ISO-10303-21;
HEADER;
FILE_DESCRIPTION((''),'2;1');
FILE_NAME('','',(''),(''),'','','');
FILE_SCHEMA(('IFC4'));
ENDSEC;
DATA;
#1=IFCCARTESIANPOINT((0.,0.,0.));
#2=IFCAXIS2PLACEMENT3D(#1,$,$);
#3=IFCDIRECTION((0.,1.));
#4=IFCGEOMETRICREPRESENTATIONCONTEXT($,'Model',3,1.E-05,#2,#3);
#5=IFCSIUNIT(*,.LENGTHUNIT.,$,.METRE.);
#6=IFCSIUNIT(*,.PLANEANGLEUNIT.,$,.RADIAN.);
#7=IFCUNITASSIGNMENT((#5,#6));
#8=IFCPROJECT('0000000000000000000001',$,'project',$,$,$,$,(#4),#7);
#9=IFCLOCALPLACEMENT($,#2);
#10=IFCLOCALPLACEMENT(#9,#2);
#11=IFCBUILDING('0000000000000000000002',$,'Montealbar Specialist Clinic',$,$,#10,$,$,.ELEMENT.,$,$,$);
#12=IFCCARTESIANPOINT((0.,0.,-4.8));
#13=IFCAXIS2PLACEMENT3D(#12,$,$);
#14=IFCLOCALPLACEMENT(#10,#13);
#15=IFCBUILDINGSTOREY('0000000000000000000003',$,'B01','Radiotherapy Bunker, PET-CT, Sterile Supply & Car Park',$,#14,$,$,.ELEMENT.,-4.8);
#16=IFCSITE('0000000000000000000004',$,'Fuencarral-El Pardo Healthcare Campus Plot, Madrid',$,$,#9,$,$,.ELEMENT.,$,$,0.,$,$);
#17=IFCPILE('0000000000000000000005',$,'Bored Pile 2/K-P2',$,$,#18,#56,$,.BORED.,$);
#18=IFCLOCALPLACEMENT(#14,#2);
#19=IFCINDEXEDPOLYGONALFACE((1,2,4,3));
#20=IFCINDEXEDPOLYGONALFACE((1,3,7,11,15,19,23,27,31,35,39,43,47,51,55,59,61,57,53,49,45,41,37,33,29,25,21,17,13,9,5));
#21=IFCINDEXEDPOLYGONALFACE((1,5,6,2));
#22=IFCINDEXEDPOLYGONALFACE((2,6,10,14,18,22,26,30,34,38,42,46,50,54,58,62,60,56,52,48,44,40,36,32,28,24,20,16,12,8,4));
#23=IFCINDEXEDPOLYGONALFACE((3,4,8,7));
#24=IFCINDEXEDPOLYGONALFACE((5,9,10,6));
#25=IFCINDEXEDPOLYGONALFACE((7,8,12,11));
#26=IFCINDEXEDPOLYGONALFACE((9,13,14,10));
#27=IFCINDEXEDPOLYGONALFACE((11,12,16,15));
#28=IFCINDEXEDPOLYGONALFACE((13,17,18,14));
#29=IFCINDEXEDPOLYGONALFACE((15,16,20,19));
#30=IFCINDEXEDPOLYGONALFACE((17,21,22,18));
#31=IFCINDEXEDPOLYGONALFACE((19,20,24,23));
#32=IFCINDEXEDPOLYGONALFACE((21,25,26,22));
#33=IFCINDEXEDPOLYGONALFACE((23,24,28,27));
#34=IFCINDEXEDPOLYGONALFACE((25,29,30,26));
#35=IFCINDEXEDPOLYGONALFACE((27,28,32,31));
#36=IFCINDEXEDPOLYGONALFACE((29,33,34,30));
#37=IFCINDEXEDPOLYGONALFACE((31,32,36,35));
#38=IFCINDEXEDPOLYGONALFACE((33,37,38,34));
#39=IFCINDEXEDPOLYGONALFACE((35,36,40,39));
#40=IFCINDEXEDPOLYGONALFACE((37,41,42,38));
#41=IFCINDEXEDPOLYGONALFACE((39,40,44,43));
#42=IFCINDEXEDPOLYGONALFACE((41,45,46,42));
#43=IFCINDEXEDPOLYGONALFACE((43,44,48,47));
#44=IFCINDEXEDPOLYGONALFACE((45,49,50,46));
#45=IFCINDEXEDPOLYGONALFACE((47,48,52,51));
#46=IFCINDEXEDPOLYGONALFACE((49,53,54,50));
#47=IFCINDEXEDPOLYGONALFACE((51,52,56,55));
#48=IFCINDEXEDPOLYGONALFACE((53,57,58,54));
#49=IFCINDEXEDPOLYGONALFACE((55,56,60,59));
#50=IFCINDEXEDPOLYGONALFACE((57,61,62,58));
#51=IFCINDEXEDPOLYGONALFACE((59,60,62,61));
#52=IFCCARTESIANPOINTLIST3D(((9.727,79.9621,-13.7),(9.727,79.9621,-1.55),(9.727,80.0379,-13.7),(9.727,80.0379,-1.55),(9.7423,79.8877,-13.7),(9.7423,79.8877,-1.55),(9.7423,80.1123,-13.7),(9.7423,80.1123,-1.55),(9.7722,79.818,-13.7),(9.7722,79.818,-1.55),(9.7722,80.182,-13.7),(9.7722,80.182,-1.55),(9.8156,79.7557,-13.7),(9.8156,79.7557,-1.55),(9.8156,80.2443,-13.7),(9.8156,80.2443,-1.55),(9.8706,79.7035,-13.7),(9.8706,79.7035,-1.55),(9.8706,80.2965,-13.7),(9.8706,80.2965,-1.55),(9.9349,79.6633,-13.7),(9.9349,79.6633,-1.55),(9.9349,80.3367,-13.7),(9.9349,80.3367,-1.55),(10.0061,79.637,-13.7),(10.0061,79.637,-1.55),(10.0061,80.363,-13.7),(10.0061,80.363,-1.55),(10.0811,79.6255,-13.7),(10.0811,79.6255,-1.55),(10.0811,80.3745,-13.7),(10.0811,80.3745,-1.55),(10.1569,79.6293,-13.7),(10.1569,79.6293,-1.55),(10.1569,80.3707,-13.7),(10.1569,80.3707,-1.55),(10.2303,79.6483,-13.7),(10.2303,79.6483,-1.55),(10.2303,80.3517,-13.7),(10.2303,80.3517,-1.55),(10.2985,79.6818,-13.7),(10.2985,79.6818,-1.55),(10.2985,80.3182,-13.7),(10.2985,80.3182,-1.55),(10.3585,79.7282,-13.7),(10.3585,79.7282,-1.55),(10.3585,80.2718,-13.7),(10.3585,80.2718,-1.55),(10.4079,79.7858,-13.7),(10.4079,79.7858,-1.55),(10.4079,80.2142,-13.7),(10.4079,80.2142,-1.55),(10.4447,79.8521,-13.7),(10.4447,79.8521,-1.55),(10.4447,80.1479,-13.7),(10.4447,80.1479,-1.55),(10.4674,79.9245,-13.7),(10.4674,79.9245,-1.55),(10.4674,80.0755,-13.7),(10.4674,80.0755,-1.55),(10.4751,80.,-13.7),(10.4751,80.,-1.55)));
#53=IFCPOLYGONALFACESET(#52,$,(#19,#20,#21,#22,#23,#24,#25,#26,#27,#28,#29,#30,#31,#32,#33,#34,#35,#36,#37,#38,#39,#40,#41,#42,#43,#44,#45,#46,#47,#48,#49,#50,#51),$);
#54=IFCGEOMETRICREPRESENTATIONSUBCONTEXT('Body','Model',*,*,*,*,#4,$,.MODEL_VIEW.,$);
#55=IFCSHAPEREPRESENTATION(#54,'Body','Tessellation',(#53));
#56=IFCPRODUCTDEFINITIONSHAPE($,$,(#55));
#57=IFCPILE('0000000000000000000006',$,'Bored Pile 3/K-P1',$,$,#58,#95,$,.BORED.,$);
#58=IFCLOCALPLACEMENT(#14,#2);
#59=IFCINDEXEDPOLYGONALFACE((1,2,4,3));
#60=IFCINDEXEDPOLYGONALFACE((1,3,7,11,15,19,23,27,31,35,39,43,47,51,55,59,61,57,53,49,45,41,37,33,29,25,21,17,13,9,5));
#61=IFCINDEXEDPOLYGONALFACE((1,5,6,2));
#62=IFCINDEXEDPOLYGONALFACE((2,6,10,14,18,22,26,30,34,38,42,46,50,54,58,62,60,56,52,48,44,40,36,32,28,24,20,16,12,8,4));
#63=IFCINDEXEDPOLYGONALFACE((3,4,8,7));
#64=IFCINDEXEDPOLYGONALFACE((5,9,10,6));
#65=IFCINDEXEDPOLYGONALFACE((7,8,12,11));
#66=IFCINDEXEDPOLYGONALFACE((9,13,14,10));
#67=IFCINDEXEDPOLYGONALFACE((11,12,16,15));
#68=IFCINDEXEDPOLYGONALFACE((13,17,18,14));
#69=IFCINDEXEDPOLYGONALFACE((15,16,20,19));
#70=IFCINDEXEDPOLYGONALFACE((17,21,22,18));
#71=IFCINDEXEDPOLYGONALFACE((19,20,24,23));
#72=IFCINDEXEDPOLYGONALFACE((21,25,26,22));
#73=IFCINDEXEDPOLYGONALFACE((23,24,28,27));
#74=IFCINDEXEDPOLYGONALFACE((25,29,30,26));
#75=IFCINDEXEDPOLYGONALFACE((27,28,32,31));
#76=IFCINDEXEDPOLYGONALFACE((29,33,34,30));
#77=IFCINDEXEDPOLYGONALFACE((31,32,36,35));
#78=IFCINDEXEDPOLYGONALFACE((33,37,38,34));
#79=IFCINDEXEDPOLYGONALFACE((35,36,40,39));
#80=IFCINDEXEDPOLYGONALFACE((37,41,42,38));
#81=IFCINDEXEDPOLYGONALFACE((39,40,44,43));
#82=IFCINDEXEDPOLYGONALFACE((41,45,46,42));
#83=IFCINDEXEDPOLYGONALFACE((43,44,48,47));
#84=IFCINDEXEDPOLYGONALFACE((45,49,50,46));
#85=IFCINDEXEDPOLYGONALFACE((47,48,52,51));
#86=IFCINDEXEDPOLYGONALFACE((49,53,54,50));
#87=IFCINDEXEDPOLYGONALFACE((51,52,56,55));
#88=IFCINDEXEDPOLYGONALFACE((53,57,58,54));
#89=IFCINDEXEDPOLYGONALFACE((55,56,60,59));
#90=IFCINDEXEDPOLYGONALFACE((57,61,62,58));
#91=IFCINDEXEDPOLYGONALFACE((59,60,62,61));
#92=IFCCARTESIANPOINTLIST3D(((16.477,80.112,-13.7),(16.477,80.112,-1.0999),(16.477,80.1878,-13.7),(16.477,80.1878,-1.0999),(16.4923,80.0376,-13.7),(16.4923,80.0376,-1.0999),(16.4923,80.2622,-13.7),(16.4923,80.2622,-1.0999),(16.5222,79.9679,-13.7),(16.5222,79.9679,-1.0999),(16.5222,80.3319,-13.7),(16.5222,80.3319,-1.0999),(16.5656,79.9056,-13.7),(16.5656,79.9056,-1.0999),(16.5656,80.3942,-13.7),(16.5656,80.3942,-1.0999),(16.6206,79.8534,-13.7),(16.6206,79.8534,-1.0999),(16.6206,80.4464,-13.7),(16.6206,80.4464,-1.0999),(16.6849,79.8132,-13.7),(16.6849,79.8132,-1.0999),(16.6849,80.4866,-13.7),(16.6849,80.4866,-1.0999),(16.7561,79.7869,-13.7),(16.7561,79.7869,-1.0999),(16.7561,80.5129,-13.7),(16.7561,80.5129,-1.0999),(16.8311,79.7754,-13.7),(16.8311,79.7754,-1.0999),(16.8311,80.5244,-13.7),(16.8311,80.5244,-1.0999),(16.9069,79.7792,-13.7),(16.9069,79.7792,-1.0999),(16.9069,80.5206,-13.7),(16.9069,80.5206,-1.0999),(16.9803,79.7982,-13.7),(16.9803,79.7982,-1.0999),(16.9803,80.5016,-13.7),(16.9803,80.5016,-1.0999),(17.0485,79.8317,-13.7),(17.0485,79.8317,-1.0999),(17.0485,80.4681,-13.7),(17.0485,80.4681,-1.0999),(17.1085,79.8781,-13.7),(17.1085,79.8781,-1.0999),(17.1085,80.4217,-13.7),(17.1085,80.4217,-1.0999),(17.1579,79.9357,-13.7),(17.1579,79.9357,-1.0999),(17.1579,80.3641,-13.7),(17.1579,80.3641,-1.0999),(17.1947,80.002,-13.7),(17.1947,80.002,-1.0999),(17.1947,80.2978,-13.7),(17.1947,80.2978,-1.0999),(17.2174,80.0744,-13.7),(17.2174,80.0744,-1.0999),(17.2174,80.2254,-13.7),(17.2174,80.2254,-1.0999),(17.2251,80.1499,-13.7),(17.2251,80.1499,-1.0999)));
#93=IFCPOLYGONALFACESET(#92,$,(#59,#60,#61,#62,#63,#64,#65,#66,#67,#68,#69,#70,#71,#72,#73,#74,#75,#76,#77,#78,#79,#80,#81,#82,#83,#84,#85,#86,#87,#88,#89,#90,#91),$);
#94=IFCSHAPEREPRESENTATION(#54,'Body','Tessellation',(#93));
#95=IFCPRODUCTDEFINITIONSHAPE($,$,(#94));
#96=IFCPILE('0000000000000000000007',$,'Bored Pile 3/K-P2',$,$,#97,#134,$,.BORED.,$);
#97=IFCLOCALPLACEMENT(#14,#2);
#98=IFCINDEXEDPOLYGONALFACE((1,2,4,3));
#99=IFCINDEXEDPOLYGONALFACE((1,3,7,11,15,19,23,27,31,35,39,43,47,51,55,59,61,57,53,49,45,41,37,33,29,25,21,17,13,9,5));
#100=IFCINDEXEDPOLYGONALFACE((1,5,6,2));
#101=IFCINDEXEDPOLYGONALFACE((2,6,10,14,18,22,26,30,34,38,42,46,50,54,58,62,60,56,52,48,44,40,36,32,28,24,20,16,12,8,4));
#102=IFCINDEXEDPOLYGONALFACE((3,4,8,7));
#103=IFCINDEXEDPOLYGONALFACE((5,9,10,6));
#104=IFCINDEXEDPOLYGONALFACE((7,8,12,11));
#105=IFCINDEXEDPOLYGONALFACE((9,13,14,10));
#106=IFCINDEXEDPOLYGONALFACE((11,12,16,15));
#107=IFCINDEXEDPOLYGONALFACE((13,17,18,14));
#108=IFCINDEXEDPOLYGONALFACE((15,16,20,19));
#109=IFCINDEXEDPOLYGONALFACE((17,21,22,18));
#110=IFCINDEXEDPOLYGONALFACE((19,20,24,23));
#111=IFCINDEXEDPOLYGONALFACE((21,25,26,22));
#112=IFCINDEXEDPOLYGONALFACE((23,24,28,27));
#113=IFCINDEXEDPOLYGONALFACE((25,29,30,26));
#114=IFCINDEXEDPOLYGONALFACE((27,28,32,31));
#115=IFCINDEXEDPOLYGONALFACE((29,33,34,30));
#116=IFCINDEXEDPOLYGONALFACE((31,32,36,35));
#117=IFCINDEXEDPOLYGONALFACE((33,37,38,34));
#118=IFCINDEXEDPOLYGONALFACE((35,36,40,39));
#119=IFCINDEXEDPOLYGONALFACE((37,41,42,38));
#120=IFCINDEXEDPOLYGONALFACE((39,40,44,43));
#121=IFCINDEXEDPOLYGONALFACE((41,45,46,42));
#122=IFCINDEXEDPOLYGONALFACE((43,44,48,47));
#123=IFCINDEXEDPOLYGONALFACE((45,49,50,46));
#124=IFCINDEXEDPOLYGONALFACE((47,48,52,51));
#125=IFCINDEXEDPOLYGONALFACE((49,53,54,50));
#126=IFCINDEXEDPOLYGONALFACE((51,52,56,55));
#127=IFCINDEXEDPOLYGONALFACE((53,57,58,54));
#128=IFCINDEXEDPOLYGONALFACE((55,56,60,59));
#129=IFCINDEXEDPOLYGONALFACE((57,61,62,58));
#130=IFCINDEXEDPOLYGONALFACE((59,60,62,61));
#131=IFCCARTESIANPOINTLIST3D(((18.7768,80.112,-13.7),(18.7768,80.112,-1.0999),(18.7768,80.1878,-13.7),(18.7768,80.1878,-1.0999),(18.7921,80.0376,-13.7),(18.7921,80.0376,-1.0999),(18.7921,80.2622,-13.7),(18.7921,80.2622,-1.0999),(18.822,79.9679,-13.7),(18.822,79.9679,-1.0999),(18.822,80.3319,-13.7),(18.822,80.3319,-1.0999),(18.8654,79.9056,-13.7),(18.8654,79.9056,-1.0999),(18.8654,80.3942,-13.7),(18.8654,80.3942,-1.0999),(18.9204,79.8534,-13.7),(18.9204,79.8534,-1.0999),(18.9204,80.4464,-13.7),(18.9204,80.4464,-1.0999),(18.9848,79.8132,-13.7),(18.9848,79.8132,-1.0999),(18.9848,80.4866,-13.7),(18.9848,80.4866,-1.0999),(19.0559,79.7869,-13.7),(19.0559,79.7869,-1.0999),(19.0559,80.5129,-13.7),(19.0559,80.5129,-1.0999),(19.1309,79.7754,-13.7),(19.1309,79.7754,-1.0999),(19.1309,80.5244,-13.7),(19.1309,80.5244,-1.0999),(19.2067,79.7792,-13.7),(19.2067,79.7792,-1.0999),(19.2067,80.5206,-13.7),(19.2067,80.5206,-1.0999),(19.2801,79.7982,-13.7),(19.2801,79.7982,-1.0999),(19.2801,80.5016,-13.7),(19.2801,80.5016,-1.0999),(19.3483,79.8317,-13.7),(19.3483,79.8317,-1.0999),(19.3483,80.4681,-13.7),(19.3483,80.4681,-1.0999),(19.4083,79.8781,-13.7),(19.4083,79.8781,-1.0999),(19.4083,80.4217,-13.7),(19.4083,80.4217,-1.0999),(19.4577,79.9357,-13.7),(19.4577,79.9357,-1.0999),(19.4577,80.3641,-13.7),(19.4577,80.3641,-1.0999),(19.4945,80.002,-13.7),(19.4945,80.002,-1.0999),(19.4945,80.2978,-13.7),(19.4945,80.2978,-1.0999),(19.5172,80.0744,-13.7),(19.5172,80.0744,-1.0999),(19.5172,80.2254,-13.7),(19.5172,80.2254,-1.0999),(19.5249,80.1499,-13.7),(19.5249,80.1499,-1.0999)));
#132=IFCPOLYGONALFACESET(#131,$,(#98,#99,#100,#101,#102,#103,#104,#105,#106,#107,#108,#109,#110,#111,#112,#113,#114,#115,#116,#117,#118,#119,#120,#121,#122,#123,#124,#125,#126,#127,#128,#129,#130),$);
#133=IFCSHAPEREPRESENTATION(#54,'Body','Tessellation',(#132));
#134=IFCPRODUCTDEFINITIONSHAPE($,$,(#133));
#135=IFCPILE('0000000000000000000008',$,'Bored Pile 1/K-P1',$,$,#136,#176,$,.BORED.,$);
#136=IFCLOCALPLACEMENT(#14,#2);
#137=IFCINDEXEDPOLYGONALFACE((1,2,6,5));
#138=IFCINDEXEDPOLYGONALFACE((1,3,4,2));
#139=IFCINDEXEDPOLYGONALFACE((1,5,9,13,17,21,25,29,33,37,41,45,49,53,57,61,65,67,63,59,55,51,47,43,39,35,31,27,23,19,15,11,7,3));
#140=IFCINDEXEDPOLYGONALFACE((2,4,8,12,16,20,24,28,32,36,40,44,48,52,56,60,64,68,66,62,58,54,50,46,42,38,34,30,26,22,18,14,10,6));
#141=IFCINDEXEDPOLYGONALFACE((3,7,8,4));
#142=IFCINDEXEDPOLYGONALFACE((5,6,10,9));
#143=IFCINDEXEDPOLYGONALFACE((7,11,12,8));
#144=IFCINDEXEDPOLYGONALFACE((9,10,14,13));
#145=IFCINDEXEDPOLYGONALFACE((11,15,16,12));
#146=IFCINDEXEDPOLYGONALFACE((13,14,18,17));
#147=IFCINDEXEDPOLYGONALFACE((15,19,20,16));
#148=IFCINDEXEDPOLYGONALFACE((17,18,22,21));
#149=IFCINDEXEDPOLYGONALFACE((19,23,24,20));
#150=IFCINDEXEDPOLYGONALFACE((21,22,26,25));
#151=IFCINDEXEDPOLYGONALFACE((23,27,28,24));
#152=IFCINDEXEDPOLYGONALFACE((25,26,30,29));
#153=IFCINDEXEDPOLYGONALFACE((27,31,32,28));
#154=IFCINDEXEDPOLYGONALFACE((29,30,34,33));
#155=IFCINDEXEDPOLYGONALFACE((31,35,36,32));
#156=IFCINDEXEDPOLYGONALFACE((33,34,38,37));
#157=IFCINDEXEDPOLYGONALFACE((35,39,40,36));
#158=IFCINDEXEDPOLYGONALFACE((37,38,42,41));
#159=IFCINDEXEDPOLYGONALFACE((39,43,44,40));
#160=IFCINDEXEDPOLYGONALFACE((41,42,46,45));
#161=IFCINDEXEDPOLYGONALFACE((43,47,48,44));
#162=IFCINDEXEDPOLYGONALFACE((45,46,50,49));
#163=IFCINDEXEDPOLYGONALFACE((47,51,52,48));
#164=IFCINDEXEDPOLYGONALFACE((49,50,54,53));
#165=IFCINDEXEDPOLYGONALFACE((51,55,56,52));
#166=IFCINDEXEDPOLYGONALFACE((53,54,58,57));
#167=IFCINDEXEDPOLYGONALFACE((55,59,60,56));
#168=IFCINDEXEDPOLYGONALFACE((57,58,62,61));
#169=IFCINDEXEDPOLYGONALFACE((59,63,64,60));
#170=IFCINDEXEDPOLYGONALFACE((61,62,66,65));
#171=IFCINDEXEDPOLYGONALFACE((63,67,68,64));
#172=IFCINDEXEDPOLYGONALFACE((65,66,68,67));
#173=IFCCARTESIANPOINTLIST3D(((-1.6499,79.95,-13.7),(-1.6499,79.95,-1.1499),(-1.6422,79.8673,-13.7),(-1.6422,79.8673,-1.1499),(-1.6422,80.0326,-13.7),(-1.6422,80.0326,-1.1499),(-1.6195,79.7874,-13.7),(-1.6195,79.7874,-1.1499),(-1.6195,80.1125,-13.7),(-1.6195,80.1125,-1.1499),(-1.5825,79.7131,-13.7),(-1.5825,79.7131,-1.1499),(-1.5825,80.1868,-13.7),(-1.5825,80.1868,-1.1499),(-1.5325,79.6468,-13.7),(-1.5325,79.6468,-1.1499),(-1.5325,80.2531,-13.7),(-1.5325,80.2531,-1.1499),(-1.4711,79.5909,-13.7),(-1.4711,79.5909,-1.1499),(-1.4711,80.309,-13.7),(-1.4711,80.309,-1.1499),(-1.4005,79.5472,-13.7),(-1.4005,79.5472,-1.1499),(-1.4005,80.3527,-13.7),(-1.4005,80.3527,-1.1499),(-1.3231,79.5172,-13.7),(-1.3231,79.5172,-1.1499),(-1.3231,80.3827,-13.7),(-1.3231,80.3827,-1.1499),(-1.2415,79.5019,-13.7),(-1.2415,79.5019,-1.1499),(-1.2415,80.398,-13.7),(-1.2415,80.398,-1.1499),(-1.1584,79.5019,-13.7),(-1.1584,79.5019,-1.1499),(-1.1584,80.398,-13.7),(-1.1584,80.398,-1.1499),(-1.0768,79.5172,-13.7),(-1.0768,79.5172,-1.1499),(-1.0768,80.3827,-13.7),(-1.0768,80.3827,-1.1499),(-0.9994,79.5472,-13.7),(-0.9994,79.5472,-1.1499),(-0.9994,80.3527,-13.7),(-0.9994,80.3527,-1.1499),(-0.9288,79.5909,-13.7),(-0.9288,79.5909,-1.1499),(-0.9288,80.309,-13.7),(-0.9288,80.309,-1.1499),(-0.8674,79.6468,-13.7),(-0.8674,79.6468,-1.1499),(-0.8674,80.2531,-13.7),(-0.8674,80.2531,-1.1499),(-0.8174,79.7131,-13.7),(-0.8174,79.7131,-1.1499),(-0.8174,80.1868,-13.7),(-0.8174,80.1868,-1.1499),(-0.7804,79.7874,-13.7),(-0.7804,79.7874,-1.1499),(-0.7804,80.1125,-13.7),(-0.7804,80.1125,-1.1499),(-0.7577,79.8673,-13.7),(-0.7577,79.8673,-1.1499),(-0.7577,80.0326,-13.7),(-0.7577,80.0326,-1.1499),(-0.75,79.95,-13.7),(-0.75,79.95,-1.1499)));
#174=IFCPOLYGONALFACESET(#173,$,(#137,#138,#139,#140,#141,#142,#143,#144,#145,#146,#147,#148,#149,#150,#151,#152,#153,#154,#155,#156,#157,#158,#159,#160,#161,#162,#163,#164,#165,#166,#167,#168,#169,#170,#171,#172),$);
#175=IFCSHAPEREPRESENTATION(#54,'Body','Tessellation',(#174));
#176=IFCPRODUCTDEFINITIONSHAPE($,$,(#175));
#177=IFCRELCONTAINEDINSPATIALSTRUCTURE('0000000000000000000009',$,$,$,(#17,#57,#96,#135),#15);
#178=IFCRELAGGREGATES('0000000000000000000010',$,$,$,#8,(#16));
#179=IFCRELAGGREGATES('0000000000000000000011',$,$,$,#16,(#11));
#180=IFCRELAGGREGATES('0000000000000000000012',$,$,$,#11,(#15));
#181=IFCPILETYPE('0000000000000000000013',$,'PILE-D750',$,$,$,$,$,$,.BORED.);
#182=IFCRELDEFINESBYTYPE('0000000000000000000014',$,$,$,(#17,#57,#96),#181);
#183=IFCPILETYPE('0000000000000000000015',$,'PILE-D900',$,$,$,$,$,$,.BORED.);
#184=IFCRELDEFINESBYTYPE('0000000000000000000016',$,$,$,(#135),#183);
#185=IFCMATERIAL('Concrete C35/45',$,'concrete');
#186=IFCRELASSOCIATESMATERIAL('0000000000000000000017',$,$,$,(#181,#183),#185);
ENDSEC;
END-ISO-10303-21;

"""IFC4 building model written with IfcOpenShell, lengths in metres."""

from ifc_helpers import new_model, si_unit, direction, frame, origin, origin_2d, place, context, subcontext, project, spatial, circle, extrude, material, material_profile, profile_set, type_object, element, save


model = new_model("IFC4")

# Units and contexts
model_context = context("Model", 3, precision=1e-05, world=origin(), true_north=direction((0.0, 1.0)))
body_context = subcontext(model_context, "Body", "Model", "MODEL_VIEW")
ifc_project = project(units=[si_unit("LENGTHUNIT", "METRE"), si_unit("PLANEANGLEUNIT", "RADIAN")], contexts=[model_context])

# Site, building, storey
site_placement = place(None, origin())
site = spatial("IfcSite", under=ifc_project, at=site_placement, Name="Fuencarral-El Pardo Healthcare Campus Plot, Madrid", CompositionType="ELEMENT", RefElevation=0.0)
building_placement = place(site_placement, origin())
building = spatial("IfcBuilding", under=site, at=building_placement, Name="Montealbar Specialist Clinic", CompositionType="ELEMENT")
storey_placement = place(building_placement, frame((0.0, 0.0, -4.8)))
storey = spatial("IfcBuildingStorey", under=building, at=storey_placement, Name="B01", Description="Radiotherapy Bunker, PET-CT, Sterile Supply & Car Park", CompositionType="ELEMENT", Elevation=-4.8)

# Shared definitions
ifc_material_1 = material(Name="Concrete C35/45", Category="concrete")

# Piles
ifc_material_profile_1 = material_profile(ifc_material_1, circle(Radius=0.375, at=origin_2d()), Name="PILE D750", Category="concrete")
ifc_profile_set_1 = profile_set([ifc_material_profile_1], Name="Concrete C35/45")
pile_type_1 = type_object("IfcPileType", Name="PILE-D750", PredefinedType="BORED", material=ifc_profile_set_1)
for number, where, z_axis, x_axis, name in (
    (1, (10.1001, 80.0, -1.55), (0.0, 0.0, -1.0), (1.0, 0.0, 0.0), "Bored Pile 2/K-P2"),
):
    element("IfcPile", number, at=place(storey_placement, frame(where, z_axis=z_axis, x_axis=x_axis)), inside=storey, type_object=pile_type_1, Name=name, PredefinedType="BORED", context=body_context, shape_type="SweptSolid", body=[
        extrude(circle(Radius=0.375, at=origin_2d()), origin(), (0.0, 0.0, 1.0), 12.1499),
    ])
for number, where, z_axis, x_axis, name in (
    (2, (16.8501, 80.1499, -1.0999), (0.0, 0.0, -1.0), (1.0, 0.0, 0.0), "Bored Pile 3/K-P1"),
    (3, (19.1499, 80.1499, -1.0999), (0.0, 0.0, -1.0), (1.0, 0.0, 0.0), "Bored Pile 3/K-P2"),
):
    element("IfcPile", number, at=place(storey_placement, frame(where, z_axis=z_axis, x_axis=x_axis)), inside=storey, type_object=pile_type_1, Name=name, PredefinedType="BORED", context=body_context, shape_type="SweptSolid", body=[
        extrude(circle(Radius=0.375, at=origin_2d()), origin(), (0.0, 0.0, 1.0), 12.6001),
    ])
ifc_material_profile_2 = material_profile(ifc_material_1, circle(Radius=0.45, at=origin_2d()), Name="PILE D900", Category="concrete")
ifc_profile_set_2 = profile_set([ifc_material_profile_2], Name="Concrete C35/45")
pile_type_2 = type_object("IfcPileType", Name="PILE-D900", PredefinedType="BORED", material=ifc_profile_set_2)
for number, where, z_axis, x_axis, name in (
    (4, (-1.2, 79.95, -1.1499), (0.0, 0.0, -1.0), (1.0, 0.0, 0.0), "Bored Pile 1/K-P1"),
):
    element("IfcPile", number, at=place(storey_placement, frame(where, z_axis=z_axis, x_axis=x_axis)), inside=storey, type_object=pile_type_2, Name=name, PredefinedType="BORED", context=body_context, shape_type="SweptSolid", body=[
        extrude(circle(Radius=0.45, at=origin_2d()), origin(), (0.0, 0.0, 1.0), 12.55),
    ])

save(model, "model.ifc")
